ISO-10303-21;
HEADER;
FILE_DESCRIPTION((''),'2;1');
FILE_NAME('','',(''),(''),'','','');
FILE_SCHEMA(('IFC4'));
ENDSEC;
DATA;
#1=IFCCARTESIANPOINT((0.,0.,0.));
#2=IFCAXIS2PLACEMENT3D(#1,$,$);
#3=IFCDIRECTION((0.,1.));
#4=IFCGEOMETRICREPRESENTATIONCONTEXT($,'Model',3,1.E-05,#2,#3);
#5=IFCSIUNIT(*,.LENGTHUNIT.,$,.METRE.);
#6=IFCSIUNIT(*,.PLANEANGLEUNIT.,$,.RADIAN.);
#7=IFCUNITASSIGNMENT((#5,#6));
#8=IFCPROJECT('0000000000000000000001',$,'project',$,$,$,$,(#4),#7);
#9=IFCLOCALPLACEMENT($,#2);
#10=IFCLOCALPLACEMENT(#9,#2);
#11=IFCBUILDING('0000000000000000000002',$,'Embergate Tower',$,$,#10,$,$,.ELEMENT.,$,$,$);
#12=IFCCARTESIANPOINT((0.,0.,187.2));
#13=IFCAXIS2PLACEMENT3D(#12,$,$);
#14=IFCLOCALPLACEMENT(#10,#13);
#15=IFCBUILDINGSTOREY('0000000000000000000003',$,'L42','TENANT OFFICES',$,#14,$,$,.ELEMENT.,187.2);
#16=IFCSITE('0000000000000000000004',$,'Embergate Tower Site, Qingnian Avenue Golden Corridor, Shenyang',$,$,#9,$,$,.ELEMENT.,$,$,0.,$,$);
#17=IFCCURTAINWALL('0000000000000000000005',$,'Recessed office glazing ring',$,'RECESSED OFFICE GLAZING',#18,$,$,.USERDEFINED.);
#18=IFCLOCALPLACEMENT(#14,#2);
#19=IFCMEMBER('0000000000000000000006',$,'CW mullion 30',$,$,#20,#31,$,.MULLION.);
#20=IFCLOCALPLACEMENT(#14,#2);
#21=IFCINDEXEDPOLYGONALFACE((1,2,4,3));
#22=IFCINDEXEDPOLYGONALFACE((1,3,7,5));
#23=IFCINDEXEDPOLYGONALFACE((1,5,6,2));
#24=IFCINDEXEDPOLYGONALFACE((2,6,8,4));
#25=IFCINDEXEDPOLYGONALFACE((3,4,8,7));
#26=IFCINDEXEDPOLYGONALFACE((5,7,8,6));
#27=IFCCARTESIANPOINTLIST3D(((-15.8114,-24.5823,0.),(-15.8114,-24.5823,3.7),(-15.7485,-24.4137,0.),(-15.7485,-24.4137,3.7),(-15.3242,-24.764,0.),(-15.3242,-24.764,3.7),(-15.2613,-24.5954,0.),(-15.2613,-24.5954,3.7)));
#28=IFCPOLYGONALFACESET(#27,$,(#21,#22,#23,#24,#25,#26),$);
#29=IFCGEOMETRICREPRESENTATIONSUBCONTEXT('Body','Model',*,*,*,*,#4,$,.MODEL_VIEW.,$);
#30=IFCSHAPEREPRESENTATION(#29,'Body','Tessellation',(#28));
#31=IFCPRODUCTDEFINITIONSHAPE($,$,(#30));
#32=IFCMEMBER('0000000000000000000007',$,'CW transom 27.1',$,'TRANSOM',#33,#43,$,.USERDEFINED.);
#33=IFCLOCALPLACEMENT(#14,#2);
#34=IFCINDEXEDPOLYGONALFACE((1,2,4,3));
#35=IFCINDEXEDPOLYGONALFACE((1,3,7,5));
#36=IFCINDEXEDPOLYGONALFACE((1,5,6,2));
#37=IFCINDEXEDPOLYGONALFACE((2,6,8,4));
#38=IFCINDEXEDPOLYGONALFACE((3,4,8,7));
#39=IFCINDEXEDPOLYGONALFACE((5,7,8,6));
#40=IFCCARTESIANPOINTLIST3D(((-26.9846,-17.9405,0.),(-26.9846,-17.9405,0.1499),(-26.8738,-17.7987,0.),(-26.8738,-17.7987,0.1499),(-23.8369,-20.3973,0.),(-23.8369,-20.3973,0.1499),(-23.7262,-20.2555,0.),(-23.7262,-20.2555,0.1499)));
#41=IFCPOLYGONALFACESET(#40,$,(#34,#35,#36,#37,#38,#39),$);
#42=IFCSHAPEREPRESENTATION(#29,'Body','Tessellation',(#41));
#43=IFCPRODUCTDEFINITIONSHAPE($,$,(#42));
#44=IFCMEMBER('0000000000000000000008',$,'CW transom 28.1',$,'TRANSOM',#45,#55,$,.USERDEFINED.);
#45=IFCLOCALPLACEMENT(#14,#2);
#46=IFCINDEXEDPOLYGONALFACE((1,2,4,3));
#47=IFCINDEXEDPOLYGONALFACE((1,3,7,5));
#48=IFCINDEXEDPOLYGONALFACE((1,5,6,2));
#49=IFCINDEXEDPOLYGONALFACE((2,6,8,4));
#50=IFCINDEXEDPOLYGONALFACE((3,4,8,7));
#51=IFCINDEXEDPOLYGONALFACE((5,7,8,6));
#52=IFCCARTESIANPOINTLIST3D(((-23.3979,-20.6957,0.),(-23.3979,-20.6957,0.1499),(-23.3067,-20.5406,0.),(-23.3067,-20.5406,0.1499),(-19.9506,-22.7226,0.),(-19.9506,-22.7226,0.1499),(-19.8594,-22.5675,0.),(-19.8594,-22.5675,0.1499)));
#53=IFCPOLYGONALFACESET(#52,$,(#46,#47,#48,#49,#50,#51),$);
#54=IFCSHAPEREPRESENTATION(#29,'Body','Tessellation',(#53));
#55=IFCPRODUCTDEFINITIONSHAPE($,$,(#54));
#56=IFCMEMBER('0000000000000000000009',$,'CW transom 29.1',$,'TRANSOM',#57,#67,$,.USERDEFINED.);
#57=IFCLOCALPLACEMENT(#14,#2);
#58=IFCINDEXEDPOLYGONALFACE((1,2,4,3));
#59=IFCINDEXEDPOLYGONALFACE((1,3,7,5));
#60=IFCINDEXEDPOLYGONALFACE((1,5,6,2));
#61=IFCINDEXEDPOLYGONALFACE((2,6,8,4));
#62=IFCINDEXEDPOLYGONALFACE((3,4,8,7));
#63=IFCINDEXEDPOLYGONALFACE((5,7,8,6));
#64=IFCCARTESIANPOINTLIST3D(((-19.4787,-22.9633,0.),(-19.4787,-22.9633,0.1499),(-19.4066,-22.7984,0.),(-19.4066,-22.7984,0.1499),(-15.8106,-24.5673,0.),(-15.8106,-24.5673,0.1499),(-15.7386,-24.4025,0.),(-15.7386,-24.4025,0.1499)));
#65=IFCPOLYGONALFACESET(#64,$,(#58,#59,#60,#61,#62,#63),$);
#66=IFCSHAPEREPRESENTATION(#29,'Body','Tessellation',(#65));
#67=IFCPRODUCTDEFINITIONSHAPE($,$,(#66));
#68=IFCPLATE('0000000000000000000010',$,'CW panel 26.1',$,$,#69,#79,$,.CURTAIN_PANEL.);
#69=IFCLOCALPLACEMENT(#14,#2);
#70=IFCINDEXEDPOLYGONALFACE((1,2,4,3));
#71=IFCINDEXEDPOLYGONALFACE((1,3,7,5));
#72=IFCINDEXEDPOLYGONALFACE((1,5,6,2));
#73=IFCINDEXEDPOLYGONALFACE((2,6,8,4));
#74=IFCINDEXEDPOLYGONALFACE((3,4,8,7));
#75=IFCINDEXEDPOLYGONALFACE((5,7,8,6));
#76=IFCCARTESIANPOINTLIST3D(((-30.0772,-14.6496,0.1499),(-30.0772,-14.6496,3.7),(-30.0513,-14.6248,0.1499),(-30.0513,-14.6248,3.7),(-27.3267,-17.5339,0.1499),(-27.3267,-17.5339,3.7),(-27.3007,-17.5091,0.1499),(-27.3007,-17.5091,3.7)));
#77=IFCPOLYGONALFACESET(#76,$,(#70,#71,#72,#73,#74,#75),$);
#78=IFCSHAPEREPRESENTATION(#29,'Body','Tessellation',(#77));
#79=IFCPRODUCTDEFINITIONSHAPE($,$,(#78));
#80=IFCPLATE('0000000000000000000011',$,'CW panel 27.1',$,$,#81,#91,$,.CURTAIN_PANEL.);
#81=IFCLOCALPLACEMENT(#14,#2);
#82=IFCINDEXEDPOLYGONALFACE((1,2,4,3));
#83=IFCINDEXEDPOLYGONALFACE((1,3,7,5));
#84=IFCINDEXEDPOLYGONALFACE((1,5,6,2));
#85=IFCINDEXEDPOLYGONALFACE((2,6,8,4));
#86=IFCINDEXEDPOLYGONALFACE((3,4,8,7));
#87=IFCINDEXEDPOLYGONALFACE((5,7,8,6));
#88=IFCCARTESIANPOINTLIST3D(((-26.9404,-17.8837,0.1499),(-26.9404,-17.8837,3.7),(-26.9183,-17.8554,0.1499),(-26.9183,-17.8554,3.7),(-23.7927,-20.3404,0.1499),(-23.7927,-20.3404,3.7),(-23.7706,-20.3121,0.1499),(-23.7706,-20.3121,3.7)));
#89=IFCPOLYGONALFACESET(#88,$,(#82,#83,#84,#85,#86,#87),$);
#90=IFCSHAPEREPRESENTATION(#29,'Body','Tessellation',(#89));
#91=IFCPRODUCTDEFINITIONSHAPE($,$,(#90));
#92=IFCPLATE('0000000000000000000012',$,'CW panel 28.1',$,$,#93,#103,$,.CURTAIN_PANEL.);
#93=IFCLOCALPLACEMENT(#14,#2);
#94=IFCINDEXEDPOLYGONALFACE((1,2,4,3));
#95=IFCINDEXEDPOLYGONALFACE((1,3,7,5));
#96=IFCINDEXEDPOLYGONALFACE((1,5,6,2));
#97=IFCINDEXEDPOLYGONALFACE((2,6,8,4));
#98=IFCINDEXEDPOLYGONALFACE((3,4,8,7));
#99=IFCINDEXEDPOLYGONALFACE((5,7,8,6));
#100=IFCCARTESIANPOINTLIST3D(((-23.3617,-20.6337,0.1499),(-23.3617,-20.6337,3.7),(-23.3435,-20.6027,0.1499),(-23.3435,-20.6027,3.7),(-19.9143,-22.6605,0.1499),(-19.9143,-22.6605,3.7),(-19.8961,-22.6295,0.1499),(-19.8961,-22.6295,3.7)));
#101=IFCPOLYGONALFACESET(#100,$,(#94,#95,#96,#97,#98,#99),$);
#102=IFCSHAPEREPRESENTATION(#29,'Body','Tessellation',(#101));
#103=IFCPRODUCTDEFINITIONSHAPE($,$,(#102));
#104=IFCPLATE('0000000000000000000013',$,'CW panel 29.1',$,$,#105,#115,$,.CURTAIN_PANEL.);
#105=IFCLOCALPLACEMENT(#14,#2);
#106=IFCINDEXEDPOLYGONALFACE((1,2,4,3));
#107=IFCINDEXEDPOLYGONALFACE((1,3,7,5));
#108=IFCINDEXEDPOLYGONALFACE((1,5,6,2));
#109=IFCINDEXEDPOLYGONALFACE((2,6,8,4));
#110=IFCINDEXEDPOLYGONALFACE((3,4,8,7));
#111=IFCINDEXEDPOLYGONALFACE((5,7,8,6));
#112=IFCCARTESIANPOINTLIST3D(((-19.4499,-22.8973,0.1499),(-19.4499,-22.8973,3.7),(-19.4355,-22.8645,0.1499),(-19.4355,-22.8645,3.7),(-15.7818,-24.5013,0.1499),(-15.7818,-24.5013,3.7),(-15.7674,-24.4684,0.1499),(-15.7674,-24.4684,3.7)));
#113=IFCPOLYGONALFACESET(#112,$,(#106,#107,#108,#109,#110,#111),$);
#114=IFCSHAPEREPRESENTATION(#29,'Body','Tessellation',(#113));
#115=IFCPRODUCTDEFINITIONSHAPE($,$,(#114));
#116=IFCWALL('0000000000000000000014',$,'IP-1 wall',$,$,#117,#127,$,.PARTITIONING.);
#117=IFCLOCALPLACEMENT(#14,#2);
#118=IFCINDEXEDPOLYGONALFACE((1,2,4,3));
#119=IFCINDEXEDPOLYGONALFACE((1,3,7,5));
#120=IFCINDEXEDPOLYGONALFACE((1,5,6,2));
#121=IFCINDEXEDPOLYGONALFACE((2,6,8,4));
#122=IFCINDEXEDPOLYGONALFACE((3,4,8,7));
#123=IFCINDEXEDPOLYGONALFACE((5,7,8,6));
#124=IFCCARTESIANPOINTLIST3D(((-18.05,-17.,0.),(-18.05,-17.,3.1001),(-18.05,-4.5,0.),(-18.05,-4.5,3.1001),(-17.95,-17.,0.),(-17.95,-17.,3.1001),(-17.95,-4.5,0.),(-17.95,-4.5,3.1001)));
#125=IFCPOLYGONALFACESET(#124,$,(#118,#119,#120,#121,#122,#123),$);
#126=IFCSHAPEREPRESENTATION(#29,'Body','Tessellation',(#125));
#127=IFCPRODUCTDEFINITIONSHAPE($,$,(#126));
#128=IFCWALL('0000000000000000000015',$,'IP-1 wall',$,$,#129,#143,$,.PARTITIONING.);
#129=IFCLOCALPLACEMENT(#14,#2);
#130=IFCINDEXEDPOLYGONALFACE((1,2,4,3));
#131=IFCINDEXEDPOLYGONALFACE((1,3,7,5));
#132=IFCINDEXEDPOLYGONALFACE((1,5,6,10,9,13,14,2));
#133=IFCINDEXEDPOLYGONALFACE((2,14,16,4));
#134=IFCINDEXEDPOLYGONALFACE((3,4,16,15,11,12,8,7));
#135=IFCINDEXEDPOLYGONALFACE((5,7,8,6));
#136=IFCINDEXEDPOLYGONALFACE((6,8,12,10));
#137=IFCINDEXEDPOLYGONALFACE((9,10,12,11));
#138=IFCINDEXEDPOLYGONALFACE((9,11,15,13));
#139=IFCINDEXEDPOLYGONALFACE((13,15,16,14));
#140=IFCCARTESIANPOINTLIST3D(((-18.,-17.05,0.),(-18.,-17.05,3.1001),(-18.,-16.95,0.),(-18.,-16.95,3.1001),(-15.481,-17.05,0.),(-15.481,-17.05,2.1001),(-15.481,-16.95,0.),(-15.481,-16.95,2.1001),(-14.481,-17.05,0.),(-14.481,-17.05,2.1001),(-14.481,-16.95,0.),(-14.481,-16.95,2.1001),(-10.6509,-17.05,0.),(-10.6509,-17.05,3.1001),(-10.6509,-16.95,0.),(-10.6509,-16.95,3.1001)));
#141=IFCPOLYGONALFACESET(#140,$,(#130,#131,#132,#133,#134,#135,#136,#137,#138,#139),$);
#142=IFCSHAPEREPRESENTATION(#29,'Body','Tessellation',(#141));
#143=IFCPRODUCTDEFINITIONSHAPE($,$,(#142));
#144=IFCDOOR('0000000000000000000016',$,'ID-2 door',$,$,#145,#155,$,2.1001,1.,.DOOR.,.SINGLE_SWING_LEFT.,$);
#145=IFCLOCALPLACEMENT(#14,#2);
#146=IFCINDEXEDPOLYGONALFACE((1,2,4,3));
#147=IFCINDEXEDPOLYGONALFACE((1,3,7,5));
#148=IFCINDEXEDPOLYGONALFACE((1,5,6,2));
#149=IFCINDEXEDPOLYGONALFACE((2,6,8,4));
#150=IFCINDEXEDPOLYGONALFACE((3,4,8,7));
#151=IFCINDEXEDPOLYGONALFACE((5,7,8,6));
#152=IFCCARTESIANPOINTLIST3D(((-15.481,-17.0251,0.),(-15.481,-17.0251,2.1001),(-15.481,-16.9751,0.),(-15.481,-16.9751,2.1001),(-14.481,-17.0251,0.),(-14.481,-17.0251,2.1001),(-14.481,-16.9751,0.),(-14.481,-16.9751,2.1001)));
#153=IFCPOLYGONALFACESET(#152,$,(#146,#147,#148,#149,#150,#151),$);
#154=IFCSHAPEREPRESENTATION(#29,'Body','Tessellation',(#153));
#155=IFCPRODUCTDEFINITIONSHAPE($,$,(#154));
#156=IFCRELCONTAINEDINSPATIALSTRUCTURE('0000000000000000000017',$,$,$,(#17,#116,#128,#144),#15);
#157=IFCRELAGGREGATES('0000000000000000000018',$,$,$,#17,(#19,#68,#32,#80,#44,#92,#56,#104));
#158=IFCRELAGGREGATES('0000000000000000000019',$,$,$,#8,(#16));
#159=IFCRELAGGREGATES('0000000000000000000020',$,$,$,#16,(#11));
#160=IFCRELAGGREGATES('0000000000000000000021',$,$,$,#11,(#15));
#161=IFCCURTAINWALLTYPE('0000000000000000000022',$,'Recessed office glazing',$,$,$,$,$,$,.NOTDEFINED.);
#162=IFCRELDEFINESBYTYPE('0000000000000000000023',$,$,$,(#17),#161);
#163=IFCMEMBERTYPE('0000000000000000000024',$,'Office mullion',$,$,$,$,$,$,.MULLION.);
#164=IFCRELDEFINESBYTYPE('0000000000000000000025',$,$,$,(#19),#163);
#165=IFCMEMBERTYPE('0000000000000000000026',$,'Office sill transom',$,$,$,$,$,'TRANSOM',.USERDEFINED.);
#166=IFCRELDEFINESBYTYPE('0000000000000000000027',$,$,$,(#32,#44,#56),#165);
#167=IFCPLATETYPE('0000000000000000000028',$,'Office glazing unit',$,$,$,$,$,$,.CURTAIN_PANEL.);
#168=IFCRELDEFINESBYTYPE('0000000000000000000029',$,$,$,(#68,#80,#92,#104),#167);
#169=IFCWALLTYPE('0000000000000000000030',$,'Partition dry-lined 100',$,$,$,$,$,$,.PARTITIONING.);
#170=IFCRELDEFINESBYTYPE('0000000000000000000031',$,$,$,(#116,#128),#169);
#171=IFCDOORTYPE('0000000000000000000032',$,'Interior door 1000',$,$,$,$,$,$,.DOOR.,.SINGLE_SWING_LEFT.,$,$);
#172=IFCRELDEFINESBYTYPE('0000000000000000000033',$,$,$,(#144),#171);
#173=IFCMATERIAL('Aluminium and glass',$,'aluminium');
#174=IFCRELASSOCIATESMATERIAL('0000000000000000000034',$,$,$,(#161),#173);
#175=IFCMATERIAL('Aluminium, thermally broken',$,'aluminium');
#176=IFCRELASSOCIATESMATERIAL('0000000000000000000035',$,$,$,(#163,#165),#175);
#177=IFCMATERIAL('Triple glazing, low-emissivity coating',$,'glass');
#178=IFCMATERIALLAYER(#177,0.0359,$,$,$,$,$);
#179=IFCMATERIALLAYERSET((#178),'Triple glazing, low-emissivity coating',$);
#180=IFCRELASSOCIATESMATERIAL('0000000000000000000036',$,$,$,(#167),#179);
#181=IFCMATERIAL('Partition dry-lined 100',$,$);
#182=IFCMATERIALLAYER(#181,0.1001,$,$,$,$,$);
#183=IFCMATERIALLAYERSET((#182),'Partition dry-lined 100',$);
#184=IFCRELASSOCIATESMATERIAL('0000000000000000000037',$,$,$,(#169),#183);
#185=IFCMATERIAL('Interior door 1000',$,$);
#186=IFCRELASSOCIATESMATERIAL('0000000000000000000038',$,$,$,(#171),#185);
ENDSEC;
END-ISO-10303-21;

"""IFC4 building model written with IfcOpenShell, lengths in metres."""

from ifc_helpers import new_model, si_unit, direction, frame, frame_2d, origin, origin_2d, place, context, subcontext, project, spatial, rectangle, extrude, source, transform, mapped, material, layer, layer_set, material_profile, profile_set, type_object, element, fill, aggregate, save


model = new_model("IFC4")

# Units and contexts
model_context = context("Model", 3, precision=1e-05, world=origin(), true_north=direction((0.0, 1.0)))
body_context = subcontext(model_context, "Body", "Model", "MODEL_VIEW")
ifc_project = project(units=[si_unit("LENGTHUNIT", "METRE"), si_unit("PLANEANGLEUNIT", "RADIAN")], contexts=[model_context])

# Site, building, storey
site_placement = place(None, origin())
site = spatial("IfcSite", under=ifc_project, at=site_placement, Name="Embergate Tower Site, Qingnian Avenue Golden Corridor, Shenyang", CompositionType="ELEMENT", RefElevation=0.0)
building_placement = place(site_placement, origin())
building = spatial("IfcBuilding", under=site, at=building_placement, Name="Embergate Tower", CompositionType="ELEMENT")
storey_placement = place(building_placement, frame((0.0, 0.0, 187.2)))
storey = spatial("IfcBuildingStorey", under=building, at=storey_placement, Name="L42", Description="TENANT OFFICES", CompositionType="ELEMENT", Elevation=187.2)

# Curtain wall, members, plates
ifc_material_1 = material(Name="Aluminium and glass", Category="aluminium")
curtain_wall_type = type_object("IfcCurtainWallType", Name="Recessed office glazing", PredefinedType="NOTDEFINED", material=ifc_material_1)
curtain_wall_placement = place(storey_placement, origin())
curtain_wall = element("IfcCurtainWall", 1, at=curtain_wall_placement, inside=storey, type_object=curtain_wall_type, Name="Recessed office glazing ring", ObjectType="RECESSED OFFICE GLAZING", PredefinedType="USERDEFINED")
ifc_material_2 = material(Name="Aluminium, thermally broken", Category="aluminium")
ifc_material_profile_1 = material_profile(ifc_material_2, rectangle(XDim=0.1799, YDim=0.52, at=origin_2d()), Name="AL 520x180")
ifc_profile_set_1 = profile_set([ifc_material_profile_1], Name="Aluminium, thermally broken")
member_type_1 = type_object("IfcMemberType", Name="Office mullion", PredefinedType="MULLION", material=ifc_profile_set_1)
shared_shape_1 = source(origin(), body_context, "Body", "SweptSolid", [
    extrude(rectangle(XDim=0.1799, YDim=0.52, at=origin_2d()), origin(), (0.0, 0.0, 1.0), 3.7),
])
member_1_placement = place(storey_placement, frame((-15.5364, -24.5889, 0.0), z_axis=(0.0, 0.0, 1.0), x_axis=(0.349504, 0.936935, 0.0)))
member_1 = element("IfcMember", 2, at=member_1_placement, type_object=member_type_1, Name="CW mullion 30", PredefinedType="MULLION", context=body_context, shape_type="MappedRepresentation", body=[
    mapped(shared_shape_1, transform((0.0, 0.0, 0.0))),
])
ifc_material_profile_2 = material_profile(ifc_material_2, rectangle(XDim=0.1799, YDim=0.1499, at=origin_2d()), Name="AL 150x180")
ifc_profile_set_2 = profile_set([ifc_material_profile_2], Name="Aluminium, thermally broken")
member_type_2 = type_object("IfcMemberType", Name="Office sill transom", ElementType="TRANSOM", PredefinedType="USERDEFINED", material=ifc_profile_set_2)
shared_shape_2 = source(origin(), body_context, "Body", "SweptSolid", [
    extrude(rectangle(XDim=0.1799, YDim=0.1499, at=origin_2d()), origin(), (0.0, 0.0, 1.0), 3.9929),
])
member_2_placement = place(storey_placement, frame((-26.9292, -17.8696, 0.075), z_axis=(0.788311, -0.615277, 0.0), x_axis=(0.615277, 0.788311, 0.0)))
member_2 = element("IfcMember", 3, at=member_2_placement, type_object=member_type_2, Name="CW transom 27.1", ObjectType="TRANSOM", PredefinedType="USERDEFINED", context=body_context, shape_type="MappedRepresentation", body=[
    mapped(shared_shape_2, transform((0.0, 0.0, 0.0))),
])
shared_shape_3 = source(origin(), body_context, "Body", "SweptSolid", [
    extrude(rectangle(XDim=0.1799, YDim=0.1499, at=origin_2d()), origin(), (0.0, 0.0, 1.0), 3.999),
])
member_3_placement = place(storey_placement, frame((-23.3523, -20.6182, 0.075), z_axis=(0.862038, -0.506844, 0.0), x_axis=(0.506844, 0.862038, 0.0)))
member_3 = element("IfcMember", 4, at=member_3_placement, type_object=member_type_2, Name="CW transom 28.1", ObjectType="TRANSOM", PredefinedType="USERDEFINED", context=body_context, shape_type="MappedRepresentation", body=[
    mapped(shared_shape_3, transform((0.0, 0.0, 0.0))),
])
shared_shape_4 = source(origin(), body_context, "Body", "SweptSolid", [
    extrude(rectangle(XDim=0.1799, YDim=0.1499, at=origin_2d()), origin(), (0.0, 0.0, 1.0), 4.0034),
])
member_4_placement = place(storey_placement, frame((-19.4426, -22.8809, 0.075), z_axis=(0.916225, -0.400665, 0.0), x_axis=(0.400665, 0.916225, 0.0)))
member_4 = element("IfcMember", 5, at=member_4_placement, type_object=member_type_2, Name="CW transom 29.1", ObjectType="TRANSOM", PredefinedType="USERDEFINED", context=body_context, shape_type="MappedRepresentation", body=[
    mapped(shared_shape_4, transform((0.0, 0.0, 0.0))),
])
ifc_material_3 = material(Name="Triple glazing, low-emissivity coating", Category="glass")
ifc_layer_1 = layer(ifc_material_3, 0.0359)
ifc_layer_set_1 = layer_set([ifc_layer_1], Name="Triple glazing, low-emissivity coating")
plate_type = type_object("IfcPlateType", Name="Office glazing unit", PredefinedType="CURTAIN_PANEL", material=ifc_layer_set_1)
shared_shape_5 = source(origin(), body_context, "Body", "SweptSolid", [
    extrude(rectangle(XDim=3.9856, YDim=0.0359, at=origin_2d()), origin(), (0.0, 0.0, 1.0), 3.55),
])
plate_1_placement = place(storey_placement, frame((-28.689, -16.0793, 0.1499), z_axis=(0.0, 0.0, 1.0), x_axis=(0.690133, -0.723683, 0.0)))
plate_1 = element("IfcPlate", 6, at=plate_1_placement, type_object=plate_type, Name="CW panel 26.1", PredefinedType="CURTAIN_PANEL", context=body_context, shape_type="MappedRepresentation", body=[
    mapped(shared_shape_5, transform((0.0, 0.0, 0.0))),
])
shared_shape_6 = source(origin(), body_context, "Body", "SweptSolid", [
    extrude(rectangle(XDim=3.9929, YDim=0.0359, at=origin_2d()), origin(), (0.0, 0.0, 1.0), 3.55),
])
plate_2_placement = place(storey_placement, frame((-25.3555, -19.0979, 0.1499), z_axis=(0.0, 0.0, 1.0), x_axis=(0.788318, -0.615268, 0.0)))
plate_2 = element("IfcPlate", 7, at=plate_2_placement, type_object=plate_type, Name="CW panel 27.1", PredefinedType="CURTAIN_PANEL", context=body_context, shape_type="MappedRepresentation", body=[
    mapped(shared_shape_6, transform((0.0, 0.0, 0.0))),
])
shared_shape_7 = source(origin(), body_context, "Body", "SweptSolid", [
    extrude(rectangle(XDim=3.999, YDim=0.0359, at=origin_2d()), origin(), (0.0, 0.0, 1.0), 3.55),
])
plate_3_placement = place(storey_placement, frame((-21.6289, -21.6316, 0.1499), z_axis=(0.0, 0.0, 1.0), x_axis=(0.862051, -0.506821, 0.0)))
plate_3 = element("IfcPlate", 8, at=plate_3_placement, type_object=plate_type, Name="CW panel 28.1", PredefinedType="CURTAIN_PANEL", context=body_context, shape_type="MappedRepresentation", body=[
    mapped(shared_shape_7, transform((0.0, 0.0, 0.0))),
])
shared_shape_8 = source(origin(), body_context, "Body", "SweptSolid", [
    extrude(rectangle(XDim=4.0034, YDim=0.0359, at=origin_2d()), origin(), (0.0, 0.0, 1.0), 3.55),
])
plate_4_placement = place(storey_placement, frame((-17.6086, -23.6829, 0.1499), z_axis=(0.0, 0.0, 1.0), x_axis=(0.916235, -0.400642, 0.0)))
plate_4 = element("IfcPlate", 9, at=plate_4_placement, type_object=plate_type, Name="CW panel 29.1", PredefinedType="CURTAIN_PANEL", context=body_context, shape_type="MappedRepresentation", body=[
    mapped(shared_shape_8, transform((0.0, 0.0, 0.0))),
])
aggregate(curtain_wall, [member_1, plate_1, member_2, plate_2, member_3, plate_3, member_4, plate_4])

# Wall
ifc_material_4 = material(Name="Partition dry-lined 100")
ifc_layer_2 = layer(ifc_material_4, 0.1001)
ifc_layer_set_2 = layer_set([ifc_layer_2], Name="Partition dry-lined 100")
wall_type = type_object("IfcWallType", Name="Partition dry-lined 100", PredefinedType="PARTITIONING", material=ifc_layer_set_2)
shared_shape_9 = source(origin(), body_context, "Body", "SweptSolid", [
    extrude(rectangle(XDim=12.5, YDim=0.1001, at=frame_2d((6.25, 0.0))), origin(), (0.0, 0.0, 1.0), 3.1001),
])
wall_1_placement = place(storey_placement, frame((-18.0, -17.0, 0.0), z_axis=(0.0, 0.0, 1.0), x_axis=(0.0, 1.0, 0.0)))
element("IfcWall", 10, at=wall_1_placement, inside=storey, type_object=wall_type, Name="IP-1 wall", PredefinedType="PARTITIONING", context=body_context, shape_type="MappedRepresentation", body=[
    mapped(shared_shape_9, transform((0.0, 0.0, 0.0))),
])

# Wall, opening, door
shared_shape_10 = source(origin(), body_context, "Body", "SweptSolid", [
    extrude(rectangle(XDim=7.3491, YDim=0.1001, at=frame_2d((3.6746, 0.0))), origin(), (0.0, 0.0, 1.0), 3.1001),
])
wall_2_placement = place(storey_placement, frame((-18.0, -17.0, 0.0), z_axis=(0.0, 0.0, 1.0), x_axis=(1.0, 0.0, 0.0)))
wall_2 = element("IfcWall", 11, at=wall_2_placement, inside=storey, type_object=wall_type, Name="IP-1 wall", PredefinedType="PARTITIONING", context=body_context, shape_type="MappedRepresentation", body=[
    mapped(shared_shape_10, transform((0.0, 0.0, 0.0))),
])
shared_shape_11 = source(origin(), body_context, "Body", "SweptSolid", [
    extrude(rectangle(XDim=1.0, YDim=2.1001, at=frame_2d((0.5, 1.05))), frame((0.0, 0.0601, 0.0), z_axis=(0.0, -1.0, 0.0), x_axis=(1.0, 0.0, 0.0)), (0.0, 0.0, 1.0), 0.1201),
])
opening_placement = place(wall_2_placement, frame((2.519, 0.0, 0.0)))
opening = element("IfcOpeningElement", 12, at=opening_placement, cuts=wall_2, PredefinedType="OPENING", context=body_context, shape_type="MappedRepresentation", body=[
    mapped(shared_shape_11, transform((0.0, 0.0, 0.0))),
])
ifc_material_5 = material(Name="Interior door 1000")
door_type = type_object("IfcDoorType", Name="Interior door 1000", OperationType="SINGLE_SWING_LEFT", PredefinedType="DOOR", material=ifc_material_5)
shared_shape_12 = source(origin(), body_context, "Body", "SweptSolid", [
    extrude(rectangle(XDim=1.0, YDim=2.1001, at=frame_2d((0.5, 1.05))), frame((0.0, 0.0249, 0.0), z_axis=(0.0, -1.0, 0.0), x_axis=(1.0, 0.0, 0.0)), (0.0, 0.0, 1.0), 0.05),
])
door_placement = place(opening_placement, origin())
door = element("IfcDoor", 13, at=door_placement, inside=storey, type_object=door_type, Name="ID-2 door", OperationType="SINGLE_SWING_LEFT", OverallHeight=2.1001, OverallWidth=1.0, PredefinedType="DOOR", context=body_context, shape_type="MappedRepresentation", body=[
    mapped(shared_shape_12, transform((0.0, 0.0, 0.0))),
])
fill(opening, door)

save(model, "model.ifc")
